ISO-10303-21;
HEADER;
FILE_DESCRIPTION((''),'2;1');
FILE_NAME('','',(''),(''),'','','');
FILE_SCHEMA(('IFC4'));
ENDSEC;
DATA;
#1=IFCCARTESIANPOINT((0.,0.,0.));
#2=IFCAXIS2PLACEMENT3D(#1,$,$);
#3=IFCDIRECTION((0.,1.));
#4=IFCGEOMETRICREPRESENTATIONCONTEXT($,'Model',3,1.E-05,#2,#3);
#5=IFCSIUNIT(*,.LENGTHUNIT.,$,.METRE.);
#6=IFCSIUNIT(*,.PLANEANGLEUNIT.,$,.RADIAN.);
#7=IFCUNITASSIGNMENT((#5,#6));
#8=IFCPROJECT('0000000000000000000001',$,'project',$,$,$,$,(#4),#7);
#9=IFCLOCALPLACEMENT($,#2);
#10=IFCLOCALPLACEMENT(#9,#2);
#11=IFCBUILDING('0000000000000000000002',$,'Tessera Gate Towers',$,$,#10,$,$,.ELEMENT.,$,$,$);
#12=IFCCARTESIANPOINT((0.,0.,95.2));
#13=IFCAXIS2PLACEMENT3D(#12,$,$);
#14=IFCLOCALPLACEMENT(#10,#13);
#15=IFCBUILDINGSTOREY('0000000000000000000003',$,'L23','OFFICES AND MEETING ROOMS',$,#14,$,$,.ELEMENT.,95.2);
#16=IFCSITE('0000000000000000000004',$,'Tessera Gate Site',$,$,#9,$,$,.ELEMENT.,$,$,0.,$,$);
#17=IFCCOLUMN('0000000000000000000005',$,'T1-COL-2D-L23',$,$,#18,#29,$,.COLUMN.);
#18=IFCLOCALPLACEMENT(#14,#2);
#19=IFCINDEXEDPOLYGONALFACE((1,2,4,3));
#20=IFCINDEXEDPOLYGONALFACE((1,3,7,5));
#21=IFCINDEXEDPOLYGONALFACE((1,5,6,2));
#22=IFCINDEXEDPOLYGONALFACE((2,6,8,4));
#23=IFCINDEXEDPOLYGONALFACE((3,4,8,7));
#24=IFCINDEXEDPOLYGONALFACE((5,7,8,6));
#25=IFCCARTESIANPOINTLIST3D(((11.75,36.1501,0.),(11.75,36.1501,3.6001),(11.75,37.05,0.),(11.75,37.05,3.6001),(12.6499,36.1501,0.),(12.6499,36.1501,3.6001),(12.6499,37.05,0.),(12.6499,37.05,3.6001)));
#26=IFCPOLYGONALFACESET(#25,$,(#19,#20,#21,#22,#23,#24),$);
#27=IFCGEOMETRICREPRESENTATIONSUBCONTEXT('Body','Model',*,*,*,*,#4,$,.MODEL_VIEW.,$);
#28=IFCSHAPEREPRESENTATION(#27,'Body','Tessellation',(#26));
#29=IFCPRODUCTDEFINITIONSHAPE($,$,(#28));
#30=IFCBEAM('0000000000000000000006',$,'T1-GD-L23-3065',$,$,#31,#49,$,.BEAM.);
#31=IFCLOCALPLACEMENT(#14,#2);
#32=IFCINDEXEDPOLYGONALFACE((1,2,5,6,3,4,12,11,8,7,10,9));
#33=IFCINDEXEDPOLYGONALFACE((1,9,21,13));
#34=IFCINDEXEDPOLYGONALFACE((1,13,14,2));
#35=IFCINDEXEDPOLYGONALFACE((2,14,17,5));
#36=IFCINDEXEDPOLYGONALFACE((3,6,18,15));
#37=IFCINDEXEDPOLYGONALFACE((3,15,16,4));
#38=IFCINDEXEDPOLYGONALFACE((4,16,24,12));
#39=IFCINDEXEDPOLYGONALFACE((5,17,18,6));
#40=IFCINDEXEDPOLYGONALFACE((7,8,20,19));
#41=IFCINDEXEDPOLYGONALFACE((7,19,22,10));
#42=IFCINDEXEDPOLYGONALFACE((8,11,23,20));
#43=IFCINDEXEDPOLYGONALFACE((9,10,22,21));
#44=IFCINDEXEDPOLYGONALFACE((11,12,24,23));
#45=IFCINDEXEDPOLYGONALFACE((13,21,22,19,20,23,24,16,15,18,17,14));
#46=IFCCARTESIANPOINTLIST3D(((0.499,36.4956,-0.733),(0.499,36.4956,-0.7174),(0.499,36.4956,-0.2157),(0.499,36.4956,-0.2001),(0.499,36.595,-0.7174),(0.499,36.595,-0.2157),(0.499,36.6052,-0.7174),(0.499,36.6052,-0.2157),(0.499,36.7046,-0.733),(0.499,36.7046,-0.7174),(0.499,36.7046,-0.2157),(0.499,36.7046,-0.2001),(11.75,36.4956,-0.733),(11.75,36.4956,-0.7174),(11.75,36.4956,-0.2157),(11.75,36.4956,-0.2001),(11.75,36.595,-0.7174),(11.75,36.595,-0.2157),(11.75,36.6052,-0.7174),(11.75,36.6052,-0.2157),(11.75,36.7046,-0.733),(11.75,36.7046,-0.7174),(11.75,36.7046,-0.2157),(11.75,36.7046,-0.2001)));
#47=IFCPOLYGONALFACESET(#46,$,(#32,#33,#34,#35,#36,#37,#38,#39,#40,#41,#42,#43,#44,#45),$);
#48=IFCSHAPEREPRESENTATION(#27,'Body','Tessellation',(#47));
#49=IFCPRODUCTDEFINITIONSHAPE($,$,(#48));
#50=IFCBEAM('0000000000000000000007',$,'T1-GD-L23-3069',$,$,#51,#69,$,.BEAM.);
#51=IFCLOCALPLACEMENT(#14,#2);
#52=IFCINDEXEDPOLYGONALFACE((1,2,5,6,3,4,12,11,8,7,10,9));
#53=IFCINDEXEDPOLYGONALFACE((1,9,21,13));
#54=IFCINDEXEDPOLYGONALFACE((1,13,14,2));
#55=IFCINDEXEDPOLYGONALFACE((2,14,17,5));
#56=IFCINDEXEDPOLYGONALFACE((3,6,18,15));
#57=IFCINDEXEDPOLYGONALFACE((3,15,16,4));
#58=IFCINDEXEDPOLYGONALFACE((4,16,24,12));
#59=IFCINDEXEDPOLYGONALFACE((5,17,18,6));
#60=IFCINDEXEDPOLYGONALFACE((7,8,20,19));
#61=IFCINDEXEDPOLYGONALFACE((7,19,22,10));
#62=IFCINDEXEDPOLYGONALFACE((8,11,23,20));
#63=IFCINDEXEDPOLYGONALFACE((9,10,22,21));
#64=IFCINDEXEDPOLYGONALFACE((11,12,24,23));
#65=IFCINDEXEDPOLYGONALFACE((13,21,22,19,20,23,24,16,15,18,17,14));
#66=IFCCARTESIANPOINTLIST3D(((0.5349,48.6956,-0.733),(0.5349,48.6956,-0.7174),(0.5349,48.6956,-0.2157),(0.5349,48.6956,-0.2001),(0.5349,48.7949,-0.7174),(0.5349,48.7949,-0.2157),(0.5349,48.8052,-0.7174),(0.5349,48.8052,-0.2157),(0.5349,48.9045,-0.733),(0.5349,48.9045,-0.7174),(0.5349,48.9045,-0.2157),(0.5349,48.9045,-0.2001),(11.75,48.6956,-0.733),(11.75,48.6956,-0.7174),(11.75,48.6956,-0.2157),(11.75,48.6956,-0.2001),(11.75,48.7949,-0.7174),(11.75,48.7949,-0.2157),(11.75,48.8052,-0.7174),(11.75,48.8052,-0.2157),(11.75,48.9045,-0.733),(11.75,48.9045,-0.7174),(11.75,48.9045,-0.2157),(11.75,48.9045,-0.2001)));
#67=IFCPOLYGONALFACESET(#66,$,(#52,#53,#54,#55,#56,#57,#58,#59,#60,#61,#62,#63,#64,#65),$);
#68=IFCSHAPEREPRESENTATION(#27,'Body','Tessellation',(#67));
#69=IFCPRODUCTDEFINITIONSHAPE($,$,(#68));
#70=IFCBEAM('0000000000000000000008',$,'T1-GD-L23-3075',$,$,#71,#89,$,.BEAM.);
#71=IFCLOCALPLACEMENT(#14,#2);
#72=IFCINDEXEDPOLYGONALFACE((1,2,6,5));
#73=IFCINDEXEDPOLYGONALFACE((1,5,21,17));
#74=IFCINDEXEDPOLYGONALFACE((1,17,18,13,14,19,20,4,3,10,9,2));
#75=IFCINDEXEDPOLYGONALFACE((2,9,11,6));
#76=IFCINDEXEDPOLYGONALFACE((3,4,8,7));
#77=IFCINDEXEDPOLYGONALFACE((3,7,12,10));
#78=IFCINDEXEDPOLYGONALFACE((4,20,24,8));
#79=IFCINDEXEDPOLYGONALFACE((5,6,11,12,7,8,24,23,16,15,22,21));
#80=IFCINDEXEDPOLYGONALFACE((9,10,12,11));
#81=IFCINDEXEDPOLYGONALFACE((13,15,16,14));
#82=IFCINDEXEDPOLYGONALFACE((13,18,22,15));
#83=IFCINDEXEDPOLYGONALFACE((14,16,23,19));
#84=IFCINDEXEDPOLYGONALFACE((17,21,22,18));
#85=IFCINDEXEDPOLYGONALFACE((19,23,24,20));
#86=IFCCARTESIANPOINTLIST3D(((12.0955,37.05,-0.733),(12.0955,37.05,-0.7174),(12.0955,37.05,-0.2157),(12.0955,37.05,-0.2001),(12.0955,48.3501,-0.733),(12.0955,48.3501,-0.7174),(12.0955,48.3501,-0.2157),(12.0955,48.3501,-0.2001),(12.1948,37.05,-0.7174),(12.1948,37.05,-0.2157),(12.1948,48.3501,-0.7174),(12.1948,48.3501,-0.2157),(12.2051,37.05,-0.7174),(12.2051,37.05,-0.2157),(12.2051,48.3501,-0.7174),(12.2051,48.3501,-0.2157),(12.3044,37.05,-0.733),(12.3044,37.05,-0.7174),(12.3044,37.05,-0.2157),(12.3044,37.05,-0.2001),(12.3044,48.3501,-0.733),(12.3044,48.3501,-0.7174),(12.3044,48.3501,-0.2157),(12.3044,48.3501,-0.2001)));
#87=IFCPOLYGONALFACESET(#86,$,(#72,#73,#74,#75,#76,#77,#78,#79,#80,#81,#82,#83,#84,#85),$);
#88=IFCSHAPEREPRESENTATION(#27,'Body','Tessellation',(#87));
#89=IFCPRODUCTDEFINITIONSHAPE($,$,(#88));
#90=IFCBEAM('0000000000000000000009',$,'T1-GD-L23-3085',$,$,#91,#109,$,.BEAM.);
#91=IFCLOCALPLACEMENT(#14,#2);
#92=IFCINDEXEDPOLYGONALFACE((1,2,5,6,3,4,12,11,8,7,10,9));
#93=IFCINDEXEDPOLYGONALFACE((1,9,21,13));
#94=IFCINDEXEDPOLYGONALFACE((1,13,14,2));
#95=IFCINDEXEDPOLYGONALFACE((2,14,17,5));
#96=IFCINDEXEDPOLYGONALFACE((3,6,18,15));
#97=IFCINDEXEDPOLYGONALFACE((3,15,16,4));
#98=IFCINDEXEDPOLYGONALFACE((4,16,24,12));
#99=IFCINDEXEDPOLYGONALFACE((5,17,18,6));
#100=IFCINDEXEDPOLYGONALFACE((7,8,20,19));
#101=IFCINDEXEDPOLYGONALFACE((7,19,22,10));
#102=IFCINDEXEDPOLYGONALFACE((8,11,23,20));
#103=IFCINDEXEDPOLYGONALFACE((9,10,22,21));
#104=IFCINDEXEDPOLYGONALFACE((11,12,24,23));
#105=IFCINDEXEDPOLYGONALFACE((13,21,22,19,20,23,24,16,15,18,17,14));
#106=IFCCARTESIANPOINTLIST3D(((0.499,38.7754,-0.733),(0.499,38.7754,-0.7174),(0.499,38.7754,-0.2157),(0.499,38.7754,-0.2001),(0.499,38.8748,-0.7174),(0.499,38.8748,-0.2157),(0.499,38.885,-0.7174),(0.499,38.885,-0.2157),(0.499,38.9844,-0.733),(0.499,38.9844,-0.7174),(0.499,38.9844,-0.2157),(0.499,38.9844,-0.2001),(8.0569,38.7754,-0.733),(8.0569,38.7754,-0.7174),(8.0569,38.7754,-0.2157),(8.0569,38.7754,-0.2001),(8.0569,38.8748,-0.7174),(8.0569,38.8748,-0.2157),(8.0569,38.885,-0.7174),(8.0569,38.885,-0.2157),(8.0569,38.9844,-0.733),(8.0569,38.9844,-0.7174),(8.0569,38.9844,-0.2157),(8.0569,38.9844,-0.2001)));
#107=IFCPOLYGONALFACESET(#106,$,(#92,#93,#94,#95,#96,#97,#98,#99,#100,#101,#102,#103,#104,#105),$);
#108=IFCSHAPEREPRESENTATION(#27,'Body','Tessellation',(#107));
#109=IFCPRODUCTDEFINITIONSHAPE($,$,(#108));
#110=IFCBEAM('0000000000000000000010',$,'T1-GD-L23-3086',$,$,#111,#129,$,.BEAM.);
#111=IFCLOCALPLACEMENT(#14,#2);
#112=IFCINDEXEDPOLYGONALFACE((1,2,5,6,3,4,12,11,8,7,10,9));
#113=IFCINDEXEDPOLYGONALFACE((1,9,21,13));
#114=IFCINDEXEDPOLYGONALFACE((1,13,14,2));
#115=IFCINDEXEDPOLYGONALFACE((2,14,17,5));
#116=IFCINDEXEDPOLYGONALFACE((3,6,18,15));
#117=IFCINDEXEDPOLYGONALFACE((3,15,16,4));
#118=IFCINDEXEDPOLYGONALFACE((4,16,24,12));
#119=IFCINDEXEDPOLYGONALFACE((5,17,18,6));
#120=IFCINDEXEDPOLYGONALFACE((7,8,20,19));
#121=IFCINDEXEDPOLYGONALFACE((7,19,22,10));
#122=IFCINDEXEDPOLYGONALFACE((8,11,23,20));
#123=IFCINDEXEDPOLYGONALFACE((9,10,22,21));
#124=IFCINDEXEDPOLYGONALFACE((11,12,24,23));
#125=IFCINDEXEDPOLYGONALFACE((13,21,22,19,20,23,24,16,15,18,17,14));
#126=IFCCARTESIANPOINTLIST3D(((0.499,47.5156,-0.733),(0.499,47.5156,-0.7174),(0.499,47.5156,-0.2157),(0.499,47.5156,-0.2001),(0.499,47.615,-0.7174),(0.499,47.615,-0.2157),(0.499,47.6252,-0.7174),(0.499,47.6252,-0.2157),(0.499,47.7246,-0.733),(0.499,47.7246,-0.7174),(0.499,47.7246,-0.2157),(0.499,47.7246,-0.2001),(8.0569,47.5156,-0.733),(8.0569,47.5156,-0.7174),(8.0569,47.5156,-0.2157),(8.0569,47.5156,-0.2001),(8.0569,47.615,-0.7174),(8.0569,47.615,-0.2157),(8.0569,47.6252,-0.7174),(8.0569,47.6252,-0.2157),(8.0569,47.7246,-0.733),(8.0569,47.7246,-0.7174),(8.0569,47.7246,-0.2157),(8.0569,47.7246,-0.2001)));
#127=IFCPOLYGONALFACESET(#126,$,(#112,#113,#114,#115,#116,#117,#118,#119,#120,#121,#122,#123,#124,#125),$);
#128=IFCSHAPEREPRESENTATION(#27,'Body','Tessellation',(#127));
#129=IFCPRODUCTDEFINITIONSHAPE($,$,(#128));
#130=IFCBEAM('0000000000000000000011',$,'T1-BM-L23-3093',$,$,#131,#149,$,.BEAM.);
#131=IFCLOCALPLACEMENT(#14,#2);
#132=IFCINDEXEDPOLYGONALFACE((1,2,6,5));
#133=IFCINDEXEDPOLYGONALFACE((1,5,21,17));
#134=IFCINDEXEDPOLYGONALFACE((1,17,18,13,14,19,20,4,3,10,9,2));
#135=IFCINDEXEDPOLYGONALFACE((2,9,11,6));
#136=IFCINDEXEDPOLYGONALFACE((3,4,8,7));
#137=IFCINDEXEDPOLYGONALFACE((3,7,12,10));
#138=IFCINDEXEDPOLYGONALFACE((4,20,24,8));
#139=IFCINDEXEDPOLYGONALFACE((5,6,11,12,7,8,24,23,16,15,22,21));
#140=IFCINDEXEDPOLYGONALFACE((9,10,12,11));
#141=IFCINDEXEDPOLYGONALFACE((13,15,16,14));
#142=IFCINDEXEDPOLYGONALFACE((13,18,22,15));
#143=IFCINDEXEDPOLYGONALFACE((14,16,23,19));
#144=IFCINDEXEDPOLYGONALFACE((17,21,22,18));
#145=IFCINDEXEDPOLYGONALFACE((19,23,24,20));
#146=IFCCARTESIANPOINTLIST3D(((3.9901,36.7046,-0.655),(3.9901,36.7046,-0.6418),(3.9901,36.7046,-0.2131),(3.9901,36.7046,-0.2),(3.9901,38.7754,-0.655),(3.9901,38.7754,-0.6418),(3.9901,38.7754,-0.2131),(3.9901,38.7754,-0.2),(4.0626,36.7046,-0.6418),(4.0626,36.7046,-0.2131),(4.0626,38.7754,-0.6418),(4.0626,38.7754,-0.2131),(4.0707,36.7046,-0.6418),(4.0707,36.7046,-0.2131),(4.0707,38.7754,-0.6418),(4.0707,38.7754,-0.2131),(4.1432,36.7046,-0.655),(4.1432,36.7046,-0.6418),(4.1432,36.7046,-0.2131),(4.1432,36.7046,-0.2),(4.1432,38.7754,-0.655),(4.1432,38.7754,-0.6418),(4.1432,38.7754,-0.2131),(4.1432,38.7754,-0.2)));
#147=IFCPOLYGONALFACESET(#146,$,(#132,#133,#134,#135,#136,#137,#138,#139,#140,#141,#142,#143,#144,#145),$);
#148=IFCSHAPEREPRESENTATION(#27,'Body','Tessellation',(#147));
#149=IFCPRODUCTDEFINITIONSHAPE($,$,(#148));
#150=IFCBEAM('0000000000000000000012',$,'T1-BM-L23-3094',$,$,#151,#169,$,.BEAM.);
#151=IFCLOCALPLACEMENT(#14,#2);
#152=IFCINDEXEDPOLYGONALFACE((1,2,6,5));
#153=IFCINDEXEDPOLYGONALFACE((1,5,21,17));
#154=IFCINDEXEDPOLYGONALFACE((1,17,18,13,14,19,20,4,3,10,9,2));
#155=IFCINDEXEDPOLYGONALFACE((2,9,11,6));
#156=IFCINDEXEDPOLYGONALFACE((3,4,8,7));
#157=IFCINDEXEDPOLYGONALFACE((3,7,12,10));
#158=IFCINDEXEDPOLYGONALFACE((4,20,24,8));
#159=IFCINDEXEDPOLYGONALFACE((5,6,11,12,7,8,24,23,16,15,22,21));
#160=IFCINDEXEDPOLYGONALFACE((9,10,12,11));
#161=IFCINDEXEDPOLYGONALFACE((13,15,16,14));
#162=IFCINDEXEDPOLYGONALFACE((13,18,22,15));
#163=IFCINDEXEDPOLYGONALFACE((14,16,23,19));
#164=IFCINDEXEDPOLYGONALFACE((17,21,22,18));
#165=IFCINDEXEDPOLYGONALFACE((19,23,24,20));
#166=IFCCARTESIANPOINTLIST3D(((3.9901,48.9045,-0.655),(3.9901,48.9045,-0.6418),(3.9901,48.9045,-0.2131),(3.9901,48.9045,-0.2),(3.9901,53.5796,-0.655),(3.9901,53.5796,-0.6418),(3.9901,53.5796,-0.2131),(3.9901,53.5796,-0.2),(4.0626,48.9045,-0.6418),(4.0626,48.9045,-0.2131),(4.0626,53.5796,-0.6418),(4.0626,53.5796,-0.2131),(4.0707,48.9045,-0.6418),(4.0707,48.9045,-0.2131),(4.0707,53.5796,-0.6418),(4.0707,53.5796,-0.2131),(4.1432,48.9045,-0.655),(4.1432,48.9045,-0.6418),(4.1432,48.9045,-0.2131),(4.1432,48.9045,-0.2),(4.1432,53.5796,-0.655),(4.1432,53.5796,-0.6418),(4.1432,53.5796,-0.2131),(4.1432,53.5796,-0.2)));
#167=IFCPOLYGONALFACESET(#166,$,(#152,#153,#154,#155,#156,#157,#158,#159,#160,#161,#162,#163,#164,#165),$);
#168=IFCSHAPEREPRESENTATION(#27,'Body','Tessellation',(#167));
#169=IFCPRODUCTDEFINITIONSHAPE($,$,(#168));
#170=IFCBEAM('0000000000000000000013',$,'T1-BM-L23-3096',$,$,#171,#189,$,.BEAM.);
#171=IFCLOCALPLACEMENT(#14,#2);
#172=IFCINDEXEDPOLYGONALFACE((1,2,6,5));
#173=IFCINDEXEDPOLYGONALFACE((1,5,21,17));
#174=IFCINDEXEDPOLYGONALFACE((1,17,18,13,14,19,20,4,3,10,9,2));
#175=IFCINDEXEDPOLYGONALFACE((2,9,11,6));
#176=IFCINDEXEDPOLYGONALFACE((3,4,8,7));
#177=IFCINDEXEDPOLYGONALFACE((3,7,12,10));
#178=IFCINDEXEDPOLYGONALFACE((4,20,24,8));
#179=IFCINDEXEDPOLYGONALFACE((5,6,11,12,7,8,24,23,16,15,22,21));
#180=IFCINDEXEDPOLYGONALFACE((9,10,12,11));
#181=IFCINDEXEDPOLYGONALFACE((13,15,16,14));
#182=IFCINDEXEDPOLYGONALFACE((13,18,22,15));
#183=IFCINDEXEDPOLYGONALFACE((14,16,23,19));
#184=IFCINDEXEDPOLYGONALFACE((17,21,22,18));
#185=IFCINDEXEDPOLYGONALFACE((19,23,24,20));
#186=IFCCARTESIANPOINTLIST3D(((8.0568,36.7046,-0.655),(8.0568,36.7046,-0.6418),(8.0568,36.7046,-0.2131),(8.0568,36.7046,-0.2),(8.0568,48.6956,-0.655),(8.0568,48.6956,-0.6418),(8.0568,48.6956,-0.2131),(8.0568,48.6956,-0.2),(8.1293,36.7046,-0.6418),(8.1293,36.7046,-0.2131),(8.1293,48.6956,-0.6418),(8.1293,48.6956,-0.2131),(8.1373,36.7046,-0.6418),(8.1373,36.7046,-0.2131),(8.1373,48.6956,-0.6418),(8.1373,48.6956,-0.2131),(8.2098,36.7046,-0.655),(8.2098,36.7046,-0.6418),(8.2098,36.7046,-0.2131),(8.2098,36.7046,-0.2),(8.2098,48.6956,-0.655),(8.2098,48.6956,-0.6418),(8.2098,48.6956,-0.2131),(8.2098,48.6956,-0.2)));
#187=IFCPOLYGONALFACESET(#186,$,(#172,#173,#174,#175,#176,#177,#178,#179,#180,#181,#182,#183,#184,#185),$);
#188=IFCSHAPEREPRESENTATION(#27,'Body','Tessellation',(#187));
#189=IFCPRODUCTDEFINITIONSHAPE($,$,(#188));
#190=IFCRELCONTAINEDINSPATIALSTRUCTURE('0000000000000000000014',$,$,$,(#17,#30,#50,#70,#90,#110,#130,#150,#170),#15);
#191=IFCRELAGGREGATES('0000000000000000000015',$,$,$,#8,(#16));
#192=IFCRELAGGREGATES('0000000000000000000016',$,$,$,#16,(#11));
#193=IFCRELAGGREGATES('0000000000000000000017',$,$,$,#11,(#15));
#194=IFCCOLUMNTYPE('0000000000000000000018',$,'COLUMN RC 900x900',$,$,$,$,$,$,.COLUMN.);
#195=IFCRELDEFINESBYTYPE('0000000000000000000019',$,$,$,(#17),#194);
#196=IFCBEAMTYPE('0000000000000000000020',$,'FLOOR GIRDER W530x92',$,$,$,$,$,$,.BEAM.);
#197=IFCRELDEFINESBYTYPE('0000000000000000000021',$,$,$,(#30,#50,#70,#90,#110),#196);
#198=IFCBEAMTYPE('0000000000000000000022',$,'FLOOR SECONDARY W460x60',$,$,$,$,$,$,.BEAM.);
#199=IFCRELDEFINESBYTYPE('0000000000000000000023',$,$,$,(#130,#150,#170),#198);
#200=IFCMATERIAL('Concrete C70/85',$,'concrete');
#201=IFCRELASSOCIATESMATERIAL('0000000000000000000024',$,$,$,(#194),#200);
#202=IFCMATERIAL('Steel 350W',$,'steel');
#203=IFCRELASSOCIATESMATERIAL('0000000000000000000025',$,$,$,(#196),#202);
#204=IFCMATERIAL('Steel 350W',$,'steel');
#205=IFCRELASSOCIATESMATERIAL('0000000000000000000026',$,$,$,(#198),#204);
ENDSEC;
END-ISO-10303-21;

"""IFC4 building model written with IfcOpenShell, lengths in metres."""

from ifc_helpers import new_model, si_unit, direction, frame, origin, origin_2d, place, context, subcontext, project, spatial, rectangle, i_section, extrude, material, material_profile, profile_set, type_object, element, save


model = new_model("IFC4")

# Units and contexts
model_context = context("Model", 3, precision=1e-05, world=origin(), true_north=direction((0.0, 1.0)))
body_context = subcontext(model_context, "Body", "Model", "MODEL_VIEW")
ifc_project = project(units=[si_unit("LENGTHUNIT", "METRE"), si_unit("PLANEANGLEUNIT", "RADIAN")], contexts=[model_context])

# Site, building, storey
site_placement = place(None, origin())
site = spatial("IfcSite", under=ifc_project, at=site_placement, Name="Tessera Gate Site", CompositionType="ELEMENT", RefElevation=0.0)
building_placement = place(site_placement, origin())
building = spatial("IfcBuilding", under=site, at=building_placement, Name="Tessera Gate Towers", CompositionType="ELEMENT")
storey_placement = place(building_placement, frame((0.0, 0.0, 95.2)))
storey = spatial("IfcBuildingStorey", under=building, at=storey_placement, Name="L23", Description="OFFICES AND MEETING ROOMS", CompositionType="ELEMENT", Elevation=95.2)

# Column
ifc_material_1 = material(Name="Concrete C70/85", Category="concrete")
ifc_material_profile_1 = material_profile(ifc_material_1, rectangle(XDim=0.8999, YDim=0.8999, at=origin_2d()), Name="RC 900x900")
ifc_profile_set_1 = profile_set([ifc_material_profile_1], Name="Concrete C70/85")
column_type = type_object("IfcColumnType", Name="COLUMN RC 900x900", PredefinedType="COLUMN", material=ifc_profile_set_1)
column_placement = place(storey_placement, frame((12.2, 36.6001, 0.0), z_axis=(0.0, 0.0, 1.0), x_axis=(1.0, 0.0, 0.0)))
element("IfcColumn", 1, at=column_placement, inside=storey, type_object=column_type, Name="T1-COL-2D-L23", PredefinedType="COLUMN", context=body_context, shape_type="SweptSolid", body=[
    extrude(rectangle(XDim=0.8999, YDim=0.8999, at=origin_2d()), origin(), (0.0, 0.0, 1.0), 3.6001),
])

# Beams
ifc_material_2 = material(Name="Steel 350W", Category="steel")
ifc_material_profile_2 = material_profile(ifc_material_2, i_section(OverallWidth=0.209, OverallDepth=0.533, WebThickness=0.0103, FlangeThickness=0.0156, at=origin_2d()), Name="W530x92")
ifc_profile_set_2 = profile_set([ifc_material_profile_2], Name="Steel 350W")
beam_type_1 = type_object("IfcBeamType", Name="FLOOR GIRDER W530x92", PredefinedType="BEAM", material=ifc_profile_set_2)
beam_1_placement = place(storey_placement, frame((0.499, 36.6001, -0.4666), z_axis=(1.0, 0.0, 0.0), x_axis=(0.0, 1.0, 0.0)))
element("IfcBeam", 2, at=beam_1_placement, inside=storey, type_object=beam_type_1, Name="T1-GD-L23-3065", PredefinedType="BEAM", context=body_context, shape_type="SweptSolid", body=[
    extrude(i_section(OverallWidth=0.209, OverallDepth=0.533, WebThickness=0.0103, FlangeThickness=0.0156, at=origin_2d()), origin(), (0.0, 0.0, 1.0), 11.251),
])
beam_2_placement = place(storey_placement, frame((0.5349, 48.8, -0.4666), z_axis=(1.0, 0.0, 0.0), x_axis=(0.0, 1.0, 0.0)))
element("IfcBeam", 3, at=beam_2_placement, inside=storey, type_object=beam_type_1, Name="T1-GD-L23-3069", PredefinedType="BEAM", context=body_context, shape_type="SweptSolid", body=[
    extrude(i_section(OverallWidth=0.209, OverallDepth=0.533, WebThickness=0.0103, FlangeThickness=0.0156, at=origin_2d()), origin(), (0.0, 0.0, 1.0), 11.2151),
])
beam_3_placement = place(storey_placement, frame((12.2, 37.05, -0.4666), z_axis=(0.0, 1.0, 0.0), x_axis=(-1.0, 0.0, 0.0)))
element("IfcBeam", 4, at=beam_3_placement, inside=storey, type_object=beam_type_1, Name="T1-GD-L23-3075", PredefinedType="BEAM", context=body_context, shape_type="SweptSolid", body=[
    extrude(i_section(OverallWidth=0.209, OverallDepth=0.533, WebThickness=0.0103, FlangeThickness=0.0156, at=origin_2d()), origin(), (0.0, 0.0, 1.0), 11.3),
])
for number, where, z_axis, x_axis, name in (
    (5, (0.499, 38.8799, -0.4666), (1.0, 0.0, 0.0), (0.0, 1.0, 0.0), "T1-GD-L23-3085"),
    (6, (0.499, 47.6201, -0.4666), (1.0, 0.0, 0.0), (0.0, 1.0, 0.0), "T1-GD-L23-3086"),
):
    element("IfcBeam", number, at=place(storey_placement, frame(where, z_axis=z_axis, x_axis=x_axis)), inside=storey, type_object=beam_type_1, Name=name, PredefinedType="BEAM", context=body_context, shape_type="SweptSolid", body=[
        extrude(i_section(OverallWidth=0.209, OverallDepth=0.533, WebThickness=0.0103, FlangeThickness=0.0156, at=origin_2d()), origin(), (0.0, 0.0, 1.0), 7.5579),
    ])
ifc_material_3 = material(Name="Steel 350W", Category="steel")
ifc_material_profile_3 = material_profile(ifc_material_3, i_section(OverallWidth=0.1531, OverallDepth=0.4551, WebThickness=0.0081, FlangeThickness=0.0132, at=origin_2d()), Name="W460x60")
ifc_profile_set_3 = profile_set([ifc_material_profile_3], Name="Steel 350W")
beam_type_2 = type_object("IfcBeamType", Name="FLOOR SECONDARY W460x60", PredefinedType="BEAM", material=ifc_profile_set_3)
beam_4_placement = place(storey_placement, frame((4.0667, 36.7046, -0.4275), z_axis=(0.0, 1.0, 0.0), x_axis=(-1.0, 0.0, 0.0)))
element("IfcBeam", 7, at=beam_4_placement, inside=storey, type_object=beam_type_2, Name="T1-BM-L23-3093", PredefinedType="BEAM", context=body_context, shape_type="SweptSolid", body=[
    extrude(i_section(OverallWidth=0.1531, OverallDepth=0.4551, WebThickness=0.0081, FlangeThickness=0.0132, at=origin_2d()), origin(), (0.0, 0.0, 1.0), 2.0708),
])
beam_5_placement = place(storey_placement, frame((4.0667, 48.9045, -0.4275), z_axis=(0.0, 1.0, 0.0), x_axis=(-1.0, 0.0, 0.0)))
element("IfcBeam", 8, at=beam_5_placement, inside=storey, type_object=beam_type_2, Name="T1-BM-L23-3094", PredefinedType="BEAM", context=body_context, shape_type="SweptSolid", body=[
    extrude(i_section(OverallWidth=0.1531, OverallDepth=0.4551, WebThickness=0.0081, FlangeThickness=0.0132, at=origin_2d()), origin(), (0.0, 0.0, 1.0), 4.675),
])
beam_6_placement = place(storey_placement, frame((8.1333, 36.7046, -0.4275), z_axis=(0.0, 1.0, 0.0), x_axis=(-1.0, 0.0, 0.0)))
element("IfcBeam", 9, at=beam_6_placement, inside=storey, type_object=beam_type_2, Name="T1-BM-L23-3096", PredefinedType="BEAM", context=body_context, shape_type="SweptSolid", body=[
    extrude(i_section(OverallWidth=0.1531, OverallDepth=0.4551, WebThickness=0.0081, FlangeThickness=0.0132, at=origin_2d()), origin(), (0.0, 0.0, 1.0), 11.991),
])

save(model, "model.ifc")
